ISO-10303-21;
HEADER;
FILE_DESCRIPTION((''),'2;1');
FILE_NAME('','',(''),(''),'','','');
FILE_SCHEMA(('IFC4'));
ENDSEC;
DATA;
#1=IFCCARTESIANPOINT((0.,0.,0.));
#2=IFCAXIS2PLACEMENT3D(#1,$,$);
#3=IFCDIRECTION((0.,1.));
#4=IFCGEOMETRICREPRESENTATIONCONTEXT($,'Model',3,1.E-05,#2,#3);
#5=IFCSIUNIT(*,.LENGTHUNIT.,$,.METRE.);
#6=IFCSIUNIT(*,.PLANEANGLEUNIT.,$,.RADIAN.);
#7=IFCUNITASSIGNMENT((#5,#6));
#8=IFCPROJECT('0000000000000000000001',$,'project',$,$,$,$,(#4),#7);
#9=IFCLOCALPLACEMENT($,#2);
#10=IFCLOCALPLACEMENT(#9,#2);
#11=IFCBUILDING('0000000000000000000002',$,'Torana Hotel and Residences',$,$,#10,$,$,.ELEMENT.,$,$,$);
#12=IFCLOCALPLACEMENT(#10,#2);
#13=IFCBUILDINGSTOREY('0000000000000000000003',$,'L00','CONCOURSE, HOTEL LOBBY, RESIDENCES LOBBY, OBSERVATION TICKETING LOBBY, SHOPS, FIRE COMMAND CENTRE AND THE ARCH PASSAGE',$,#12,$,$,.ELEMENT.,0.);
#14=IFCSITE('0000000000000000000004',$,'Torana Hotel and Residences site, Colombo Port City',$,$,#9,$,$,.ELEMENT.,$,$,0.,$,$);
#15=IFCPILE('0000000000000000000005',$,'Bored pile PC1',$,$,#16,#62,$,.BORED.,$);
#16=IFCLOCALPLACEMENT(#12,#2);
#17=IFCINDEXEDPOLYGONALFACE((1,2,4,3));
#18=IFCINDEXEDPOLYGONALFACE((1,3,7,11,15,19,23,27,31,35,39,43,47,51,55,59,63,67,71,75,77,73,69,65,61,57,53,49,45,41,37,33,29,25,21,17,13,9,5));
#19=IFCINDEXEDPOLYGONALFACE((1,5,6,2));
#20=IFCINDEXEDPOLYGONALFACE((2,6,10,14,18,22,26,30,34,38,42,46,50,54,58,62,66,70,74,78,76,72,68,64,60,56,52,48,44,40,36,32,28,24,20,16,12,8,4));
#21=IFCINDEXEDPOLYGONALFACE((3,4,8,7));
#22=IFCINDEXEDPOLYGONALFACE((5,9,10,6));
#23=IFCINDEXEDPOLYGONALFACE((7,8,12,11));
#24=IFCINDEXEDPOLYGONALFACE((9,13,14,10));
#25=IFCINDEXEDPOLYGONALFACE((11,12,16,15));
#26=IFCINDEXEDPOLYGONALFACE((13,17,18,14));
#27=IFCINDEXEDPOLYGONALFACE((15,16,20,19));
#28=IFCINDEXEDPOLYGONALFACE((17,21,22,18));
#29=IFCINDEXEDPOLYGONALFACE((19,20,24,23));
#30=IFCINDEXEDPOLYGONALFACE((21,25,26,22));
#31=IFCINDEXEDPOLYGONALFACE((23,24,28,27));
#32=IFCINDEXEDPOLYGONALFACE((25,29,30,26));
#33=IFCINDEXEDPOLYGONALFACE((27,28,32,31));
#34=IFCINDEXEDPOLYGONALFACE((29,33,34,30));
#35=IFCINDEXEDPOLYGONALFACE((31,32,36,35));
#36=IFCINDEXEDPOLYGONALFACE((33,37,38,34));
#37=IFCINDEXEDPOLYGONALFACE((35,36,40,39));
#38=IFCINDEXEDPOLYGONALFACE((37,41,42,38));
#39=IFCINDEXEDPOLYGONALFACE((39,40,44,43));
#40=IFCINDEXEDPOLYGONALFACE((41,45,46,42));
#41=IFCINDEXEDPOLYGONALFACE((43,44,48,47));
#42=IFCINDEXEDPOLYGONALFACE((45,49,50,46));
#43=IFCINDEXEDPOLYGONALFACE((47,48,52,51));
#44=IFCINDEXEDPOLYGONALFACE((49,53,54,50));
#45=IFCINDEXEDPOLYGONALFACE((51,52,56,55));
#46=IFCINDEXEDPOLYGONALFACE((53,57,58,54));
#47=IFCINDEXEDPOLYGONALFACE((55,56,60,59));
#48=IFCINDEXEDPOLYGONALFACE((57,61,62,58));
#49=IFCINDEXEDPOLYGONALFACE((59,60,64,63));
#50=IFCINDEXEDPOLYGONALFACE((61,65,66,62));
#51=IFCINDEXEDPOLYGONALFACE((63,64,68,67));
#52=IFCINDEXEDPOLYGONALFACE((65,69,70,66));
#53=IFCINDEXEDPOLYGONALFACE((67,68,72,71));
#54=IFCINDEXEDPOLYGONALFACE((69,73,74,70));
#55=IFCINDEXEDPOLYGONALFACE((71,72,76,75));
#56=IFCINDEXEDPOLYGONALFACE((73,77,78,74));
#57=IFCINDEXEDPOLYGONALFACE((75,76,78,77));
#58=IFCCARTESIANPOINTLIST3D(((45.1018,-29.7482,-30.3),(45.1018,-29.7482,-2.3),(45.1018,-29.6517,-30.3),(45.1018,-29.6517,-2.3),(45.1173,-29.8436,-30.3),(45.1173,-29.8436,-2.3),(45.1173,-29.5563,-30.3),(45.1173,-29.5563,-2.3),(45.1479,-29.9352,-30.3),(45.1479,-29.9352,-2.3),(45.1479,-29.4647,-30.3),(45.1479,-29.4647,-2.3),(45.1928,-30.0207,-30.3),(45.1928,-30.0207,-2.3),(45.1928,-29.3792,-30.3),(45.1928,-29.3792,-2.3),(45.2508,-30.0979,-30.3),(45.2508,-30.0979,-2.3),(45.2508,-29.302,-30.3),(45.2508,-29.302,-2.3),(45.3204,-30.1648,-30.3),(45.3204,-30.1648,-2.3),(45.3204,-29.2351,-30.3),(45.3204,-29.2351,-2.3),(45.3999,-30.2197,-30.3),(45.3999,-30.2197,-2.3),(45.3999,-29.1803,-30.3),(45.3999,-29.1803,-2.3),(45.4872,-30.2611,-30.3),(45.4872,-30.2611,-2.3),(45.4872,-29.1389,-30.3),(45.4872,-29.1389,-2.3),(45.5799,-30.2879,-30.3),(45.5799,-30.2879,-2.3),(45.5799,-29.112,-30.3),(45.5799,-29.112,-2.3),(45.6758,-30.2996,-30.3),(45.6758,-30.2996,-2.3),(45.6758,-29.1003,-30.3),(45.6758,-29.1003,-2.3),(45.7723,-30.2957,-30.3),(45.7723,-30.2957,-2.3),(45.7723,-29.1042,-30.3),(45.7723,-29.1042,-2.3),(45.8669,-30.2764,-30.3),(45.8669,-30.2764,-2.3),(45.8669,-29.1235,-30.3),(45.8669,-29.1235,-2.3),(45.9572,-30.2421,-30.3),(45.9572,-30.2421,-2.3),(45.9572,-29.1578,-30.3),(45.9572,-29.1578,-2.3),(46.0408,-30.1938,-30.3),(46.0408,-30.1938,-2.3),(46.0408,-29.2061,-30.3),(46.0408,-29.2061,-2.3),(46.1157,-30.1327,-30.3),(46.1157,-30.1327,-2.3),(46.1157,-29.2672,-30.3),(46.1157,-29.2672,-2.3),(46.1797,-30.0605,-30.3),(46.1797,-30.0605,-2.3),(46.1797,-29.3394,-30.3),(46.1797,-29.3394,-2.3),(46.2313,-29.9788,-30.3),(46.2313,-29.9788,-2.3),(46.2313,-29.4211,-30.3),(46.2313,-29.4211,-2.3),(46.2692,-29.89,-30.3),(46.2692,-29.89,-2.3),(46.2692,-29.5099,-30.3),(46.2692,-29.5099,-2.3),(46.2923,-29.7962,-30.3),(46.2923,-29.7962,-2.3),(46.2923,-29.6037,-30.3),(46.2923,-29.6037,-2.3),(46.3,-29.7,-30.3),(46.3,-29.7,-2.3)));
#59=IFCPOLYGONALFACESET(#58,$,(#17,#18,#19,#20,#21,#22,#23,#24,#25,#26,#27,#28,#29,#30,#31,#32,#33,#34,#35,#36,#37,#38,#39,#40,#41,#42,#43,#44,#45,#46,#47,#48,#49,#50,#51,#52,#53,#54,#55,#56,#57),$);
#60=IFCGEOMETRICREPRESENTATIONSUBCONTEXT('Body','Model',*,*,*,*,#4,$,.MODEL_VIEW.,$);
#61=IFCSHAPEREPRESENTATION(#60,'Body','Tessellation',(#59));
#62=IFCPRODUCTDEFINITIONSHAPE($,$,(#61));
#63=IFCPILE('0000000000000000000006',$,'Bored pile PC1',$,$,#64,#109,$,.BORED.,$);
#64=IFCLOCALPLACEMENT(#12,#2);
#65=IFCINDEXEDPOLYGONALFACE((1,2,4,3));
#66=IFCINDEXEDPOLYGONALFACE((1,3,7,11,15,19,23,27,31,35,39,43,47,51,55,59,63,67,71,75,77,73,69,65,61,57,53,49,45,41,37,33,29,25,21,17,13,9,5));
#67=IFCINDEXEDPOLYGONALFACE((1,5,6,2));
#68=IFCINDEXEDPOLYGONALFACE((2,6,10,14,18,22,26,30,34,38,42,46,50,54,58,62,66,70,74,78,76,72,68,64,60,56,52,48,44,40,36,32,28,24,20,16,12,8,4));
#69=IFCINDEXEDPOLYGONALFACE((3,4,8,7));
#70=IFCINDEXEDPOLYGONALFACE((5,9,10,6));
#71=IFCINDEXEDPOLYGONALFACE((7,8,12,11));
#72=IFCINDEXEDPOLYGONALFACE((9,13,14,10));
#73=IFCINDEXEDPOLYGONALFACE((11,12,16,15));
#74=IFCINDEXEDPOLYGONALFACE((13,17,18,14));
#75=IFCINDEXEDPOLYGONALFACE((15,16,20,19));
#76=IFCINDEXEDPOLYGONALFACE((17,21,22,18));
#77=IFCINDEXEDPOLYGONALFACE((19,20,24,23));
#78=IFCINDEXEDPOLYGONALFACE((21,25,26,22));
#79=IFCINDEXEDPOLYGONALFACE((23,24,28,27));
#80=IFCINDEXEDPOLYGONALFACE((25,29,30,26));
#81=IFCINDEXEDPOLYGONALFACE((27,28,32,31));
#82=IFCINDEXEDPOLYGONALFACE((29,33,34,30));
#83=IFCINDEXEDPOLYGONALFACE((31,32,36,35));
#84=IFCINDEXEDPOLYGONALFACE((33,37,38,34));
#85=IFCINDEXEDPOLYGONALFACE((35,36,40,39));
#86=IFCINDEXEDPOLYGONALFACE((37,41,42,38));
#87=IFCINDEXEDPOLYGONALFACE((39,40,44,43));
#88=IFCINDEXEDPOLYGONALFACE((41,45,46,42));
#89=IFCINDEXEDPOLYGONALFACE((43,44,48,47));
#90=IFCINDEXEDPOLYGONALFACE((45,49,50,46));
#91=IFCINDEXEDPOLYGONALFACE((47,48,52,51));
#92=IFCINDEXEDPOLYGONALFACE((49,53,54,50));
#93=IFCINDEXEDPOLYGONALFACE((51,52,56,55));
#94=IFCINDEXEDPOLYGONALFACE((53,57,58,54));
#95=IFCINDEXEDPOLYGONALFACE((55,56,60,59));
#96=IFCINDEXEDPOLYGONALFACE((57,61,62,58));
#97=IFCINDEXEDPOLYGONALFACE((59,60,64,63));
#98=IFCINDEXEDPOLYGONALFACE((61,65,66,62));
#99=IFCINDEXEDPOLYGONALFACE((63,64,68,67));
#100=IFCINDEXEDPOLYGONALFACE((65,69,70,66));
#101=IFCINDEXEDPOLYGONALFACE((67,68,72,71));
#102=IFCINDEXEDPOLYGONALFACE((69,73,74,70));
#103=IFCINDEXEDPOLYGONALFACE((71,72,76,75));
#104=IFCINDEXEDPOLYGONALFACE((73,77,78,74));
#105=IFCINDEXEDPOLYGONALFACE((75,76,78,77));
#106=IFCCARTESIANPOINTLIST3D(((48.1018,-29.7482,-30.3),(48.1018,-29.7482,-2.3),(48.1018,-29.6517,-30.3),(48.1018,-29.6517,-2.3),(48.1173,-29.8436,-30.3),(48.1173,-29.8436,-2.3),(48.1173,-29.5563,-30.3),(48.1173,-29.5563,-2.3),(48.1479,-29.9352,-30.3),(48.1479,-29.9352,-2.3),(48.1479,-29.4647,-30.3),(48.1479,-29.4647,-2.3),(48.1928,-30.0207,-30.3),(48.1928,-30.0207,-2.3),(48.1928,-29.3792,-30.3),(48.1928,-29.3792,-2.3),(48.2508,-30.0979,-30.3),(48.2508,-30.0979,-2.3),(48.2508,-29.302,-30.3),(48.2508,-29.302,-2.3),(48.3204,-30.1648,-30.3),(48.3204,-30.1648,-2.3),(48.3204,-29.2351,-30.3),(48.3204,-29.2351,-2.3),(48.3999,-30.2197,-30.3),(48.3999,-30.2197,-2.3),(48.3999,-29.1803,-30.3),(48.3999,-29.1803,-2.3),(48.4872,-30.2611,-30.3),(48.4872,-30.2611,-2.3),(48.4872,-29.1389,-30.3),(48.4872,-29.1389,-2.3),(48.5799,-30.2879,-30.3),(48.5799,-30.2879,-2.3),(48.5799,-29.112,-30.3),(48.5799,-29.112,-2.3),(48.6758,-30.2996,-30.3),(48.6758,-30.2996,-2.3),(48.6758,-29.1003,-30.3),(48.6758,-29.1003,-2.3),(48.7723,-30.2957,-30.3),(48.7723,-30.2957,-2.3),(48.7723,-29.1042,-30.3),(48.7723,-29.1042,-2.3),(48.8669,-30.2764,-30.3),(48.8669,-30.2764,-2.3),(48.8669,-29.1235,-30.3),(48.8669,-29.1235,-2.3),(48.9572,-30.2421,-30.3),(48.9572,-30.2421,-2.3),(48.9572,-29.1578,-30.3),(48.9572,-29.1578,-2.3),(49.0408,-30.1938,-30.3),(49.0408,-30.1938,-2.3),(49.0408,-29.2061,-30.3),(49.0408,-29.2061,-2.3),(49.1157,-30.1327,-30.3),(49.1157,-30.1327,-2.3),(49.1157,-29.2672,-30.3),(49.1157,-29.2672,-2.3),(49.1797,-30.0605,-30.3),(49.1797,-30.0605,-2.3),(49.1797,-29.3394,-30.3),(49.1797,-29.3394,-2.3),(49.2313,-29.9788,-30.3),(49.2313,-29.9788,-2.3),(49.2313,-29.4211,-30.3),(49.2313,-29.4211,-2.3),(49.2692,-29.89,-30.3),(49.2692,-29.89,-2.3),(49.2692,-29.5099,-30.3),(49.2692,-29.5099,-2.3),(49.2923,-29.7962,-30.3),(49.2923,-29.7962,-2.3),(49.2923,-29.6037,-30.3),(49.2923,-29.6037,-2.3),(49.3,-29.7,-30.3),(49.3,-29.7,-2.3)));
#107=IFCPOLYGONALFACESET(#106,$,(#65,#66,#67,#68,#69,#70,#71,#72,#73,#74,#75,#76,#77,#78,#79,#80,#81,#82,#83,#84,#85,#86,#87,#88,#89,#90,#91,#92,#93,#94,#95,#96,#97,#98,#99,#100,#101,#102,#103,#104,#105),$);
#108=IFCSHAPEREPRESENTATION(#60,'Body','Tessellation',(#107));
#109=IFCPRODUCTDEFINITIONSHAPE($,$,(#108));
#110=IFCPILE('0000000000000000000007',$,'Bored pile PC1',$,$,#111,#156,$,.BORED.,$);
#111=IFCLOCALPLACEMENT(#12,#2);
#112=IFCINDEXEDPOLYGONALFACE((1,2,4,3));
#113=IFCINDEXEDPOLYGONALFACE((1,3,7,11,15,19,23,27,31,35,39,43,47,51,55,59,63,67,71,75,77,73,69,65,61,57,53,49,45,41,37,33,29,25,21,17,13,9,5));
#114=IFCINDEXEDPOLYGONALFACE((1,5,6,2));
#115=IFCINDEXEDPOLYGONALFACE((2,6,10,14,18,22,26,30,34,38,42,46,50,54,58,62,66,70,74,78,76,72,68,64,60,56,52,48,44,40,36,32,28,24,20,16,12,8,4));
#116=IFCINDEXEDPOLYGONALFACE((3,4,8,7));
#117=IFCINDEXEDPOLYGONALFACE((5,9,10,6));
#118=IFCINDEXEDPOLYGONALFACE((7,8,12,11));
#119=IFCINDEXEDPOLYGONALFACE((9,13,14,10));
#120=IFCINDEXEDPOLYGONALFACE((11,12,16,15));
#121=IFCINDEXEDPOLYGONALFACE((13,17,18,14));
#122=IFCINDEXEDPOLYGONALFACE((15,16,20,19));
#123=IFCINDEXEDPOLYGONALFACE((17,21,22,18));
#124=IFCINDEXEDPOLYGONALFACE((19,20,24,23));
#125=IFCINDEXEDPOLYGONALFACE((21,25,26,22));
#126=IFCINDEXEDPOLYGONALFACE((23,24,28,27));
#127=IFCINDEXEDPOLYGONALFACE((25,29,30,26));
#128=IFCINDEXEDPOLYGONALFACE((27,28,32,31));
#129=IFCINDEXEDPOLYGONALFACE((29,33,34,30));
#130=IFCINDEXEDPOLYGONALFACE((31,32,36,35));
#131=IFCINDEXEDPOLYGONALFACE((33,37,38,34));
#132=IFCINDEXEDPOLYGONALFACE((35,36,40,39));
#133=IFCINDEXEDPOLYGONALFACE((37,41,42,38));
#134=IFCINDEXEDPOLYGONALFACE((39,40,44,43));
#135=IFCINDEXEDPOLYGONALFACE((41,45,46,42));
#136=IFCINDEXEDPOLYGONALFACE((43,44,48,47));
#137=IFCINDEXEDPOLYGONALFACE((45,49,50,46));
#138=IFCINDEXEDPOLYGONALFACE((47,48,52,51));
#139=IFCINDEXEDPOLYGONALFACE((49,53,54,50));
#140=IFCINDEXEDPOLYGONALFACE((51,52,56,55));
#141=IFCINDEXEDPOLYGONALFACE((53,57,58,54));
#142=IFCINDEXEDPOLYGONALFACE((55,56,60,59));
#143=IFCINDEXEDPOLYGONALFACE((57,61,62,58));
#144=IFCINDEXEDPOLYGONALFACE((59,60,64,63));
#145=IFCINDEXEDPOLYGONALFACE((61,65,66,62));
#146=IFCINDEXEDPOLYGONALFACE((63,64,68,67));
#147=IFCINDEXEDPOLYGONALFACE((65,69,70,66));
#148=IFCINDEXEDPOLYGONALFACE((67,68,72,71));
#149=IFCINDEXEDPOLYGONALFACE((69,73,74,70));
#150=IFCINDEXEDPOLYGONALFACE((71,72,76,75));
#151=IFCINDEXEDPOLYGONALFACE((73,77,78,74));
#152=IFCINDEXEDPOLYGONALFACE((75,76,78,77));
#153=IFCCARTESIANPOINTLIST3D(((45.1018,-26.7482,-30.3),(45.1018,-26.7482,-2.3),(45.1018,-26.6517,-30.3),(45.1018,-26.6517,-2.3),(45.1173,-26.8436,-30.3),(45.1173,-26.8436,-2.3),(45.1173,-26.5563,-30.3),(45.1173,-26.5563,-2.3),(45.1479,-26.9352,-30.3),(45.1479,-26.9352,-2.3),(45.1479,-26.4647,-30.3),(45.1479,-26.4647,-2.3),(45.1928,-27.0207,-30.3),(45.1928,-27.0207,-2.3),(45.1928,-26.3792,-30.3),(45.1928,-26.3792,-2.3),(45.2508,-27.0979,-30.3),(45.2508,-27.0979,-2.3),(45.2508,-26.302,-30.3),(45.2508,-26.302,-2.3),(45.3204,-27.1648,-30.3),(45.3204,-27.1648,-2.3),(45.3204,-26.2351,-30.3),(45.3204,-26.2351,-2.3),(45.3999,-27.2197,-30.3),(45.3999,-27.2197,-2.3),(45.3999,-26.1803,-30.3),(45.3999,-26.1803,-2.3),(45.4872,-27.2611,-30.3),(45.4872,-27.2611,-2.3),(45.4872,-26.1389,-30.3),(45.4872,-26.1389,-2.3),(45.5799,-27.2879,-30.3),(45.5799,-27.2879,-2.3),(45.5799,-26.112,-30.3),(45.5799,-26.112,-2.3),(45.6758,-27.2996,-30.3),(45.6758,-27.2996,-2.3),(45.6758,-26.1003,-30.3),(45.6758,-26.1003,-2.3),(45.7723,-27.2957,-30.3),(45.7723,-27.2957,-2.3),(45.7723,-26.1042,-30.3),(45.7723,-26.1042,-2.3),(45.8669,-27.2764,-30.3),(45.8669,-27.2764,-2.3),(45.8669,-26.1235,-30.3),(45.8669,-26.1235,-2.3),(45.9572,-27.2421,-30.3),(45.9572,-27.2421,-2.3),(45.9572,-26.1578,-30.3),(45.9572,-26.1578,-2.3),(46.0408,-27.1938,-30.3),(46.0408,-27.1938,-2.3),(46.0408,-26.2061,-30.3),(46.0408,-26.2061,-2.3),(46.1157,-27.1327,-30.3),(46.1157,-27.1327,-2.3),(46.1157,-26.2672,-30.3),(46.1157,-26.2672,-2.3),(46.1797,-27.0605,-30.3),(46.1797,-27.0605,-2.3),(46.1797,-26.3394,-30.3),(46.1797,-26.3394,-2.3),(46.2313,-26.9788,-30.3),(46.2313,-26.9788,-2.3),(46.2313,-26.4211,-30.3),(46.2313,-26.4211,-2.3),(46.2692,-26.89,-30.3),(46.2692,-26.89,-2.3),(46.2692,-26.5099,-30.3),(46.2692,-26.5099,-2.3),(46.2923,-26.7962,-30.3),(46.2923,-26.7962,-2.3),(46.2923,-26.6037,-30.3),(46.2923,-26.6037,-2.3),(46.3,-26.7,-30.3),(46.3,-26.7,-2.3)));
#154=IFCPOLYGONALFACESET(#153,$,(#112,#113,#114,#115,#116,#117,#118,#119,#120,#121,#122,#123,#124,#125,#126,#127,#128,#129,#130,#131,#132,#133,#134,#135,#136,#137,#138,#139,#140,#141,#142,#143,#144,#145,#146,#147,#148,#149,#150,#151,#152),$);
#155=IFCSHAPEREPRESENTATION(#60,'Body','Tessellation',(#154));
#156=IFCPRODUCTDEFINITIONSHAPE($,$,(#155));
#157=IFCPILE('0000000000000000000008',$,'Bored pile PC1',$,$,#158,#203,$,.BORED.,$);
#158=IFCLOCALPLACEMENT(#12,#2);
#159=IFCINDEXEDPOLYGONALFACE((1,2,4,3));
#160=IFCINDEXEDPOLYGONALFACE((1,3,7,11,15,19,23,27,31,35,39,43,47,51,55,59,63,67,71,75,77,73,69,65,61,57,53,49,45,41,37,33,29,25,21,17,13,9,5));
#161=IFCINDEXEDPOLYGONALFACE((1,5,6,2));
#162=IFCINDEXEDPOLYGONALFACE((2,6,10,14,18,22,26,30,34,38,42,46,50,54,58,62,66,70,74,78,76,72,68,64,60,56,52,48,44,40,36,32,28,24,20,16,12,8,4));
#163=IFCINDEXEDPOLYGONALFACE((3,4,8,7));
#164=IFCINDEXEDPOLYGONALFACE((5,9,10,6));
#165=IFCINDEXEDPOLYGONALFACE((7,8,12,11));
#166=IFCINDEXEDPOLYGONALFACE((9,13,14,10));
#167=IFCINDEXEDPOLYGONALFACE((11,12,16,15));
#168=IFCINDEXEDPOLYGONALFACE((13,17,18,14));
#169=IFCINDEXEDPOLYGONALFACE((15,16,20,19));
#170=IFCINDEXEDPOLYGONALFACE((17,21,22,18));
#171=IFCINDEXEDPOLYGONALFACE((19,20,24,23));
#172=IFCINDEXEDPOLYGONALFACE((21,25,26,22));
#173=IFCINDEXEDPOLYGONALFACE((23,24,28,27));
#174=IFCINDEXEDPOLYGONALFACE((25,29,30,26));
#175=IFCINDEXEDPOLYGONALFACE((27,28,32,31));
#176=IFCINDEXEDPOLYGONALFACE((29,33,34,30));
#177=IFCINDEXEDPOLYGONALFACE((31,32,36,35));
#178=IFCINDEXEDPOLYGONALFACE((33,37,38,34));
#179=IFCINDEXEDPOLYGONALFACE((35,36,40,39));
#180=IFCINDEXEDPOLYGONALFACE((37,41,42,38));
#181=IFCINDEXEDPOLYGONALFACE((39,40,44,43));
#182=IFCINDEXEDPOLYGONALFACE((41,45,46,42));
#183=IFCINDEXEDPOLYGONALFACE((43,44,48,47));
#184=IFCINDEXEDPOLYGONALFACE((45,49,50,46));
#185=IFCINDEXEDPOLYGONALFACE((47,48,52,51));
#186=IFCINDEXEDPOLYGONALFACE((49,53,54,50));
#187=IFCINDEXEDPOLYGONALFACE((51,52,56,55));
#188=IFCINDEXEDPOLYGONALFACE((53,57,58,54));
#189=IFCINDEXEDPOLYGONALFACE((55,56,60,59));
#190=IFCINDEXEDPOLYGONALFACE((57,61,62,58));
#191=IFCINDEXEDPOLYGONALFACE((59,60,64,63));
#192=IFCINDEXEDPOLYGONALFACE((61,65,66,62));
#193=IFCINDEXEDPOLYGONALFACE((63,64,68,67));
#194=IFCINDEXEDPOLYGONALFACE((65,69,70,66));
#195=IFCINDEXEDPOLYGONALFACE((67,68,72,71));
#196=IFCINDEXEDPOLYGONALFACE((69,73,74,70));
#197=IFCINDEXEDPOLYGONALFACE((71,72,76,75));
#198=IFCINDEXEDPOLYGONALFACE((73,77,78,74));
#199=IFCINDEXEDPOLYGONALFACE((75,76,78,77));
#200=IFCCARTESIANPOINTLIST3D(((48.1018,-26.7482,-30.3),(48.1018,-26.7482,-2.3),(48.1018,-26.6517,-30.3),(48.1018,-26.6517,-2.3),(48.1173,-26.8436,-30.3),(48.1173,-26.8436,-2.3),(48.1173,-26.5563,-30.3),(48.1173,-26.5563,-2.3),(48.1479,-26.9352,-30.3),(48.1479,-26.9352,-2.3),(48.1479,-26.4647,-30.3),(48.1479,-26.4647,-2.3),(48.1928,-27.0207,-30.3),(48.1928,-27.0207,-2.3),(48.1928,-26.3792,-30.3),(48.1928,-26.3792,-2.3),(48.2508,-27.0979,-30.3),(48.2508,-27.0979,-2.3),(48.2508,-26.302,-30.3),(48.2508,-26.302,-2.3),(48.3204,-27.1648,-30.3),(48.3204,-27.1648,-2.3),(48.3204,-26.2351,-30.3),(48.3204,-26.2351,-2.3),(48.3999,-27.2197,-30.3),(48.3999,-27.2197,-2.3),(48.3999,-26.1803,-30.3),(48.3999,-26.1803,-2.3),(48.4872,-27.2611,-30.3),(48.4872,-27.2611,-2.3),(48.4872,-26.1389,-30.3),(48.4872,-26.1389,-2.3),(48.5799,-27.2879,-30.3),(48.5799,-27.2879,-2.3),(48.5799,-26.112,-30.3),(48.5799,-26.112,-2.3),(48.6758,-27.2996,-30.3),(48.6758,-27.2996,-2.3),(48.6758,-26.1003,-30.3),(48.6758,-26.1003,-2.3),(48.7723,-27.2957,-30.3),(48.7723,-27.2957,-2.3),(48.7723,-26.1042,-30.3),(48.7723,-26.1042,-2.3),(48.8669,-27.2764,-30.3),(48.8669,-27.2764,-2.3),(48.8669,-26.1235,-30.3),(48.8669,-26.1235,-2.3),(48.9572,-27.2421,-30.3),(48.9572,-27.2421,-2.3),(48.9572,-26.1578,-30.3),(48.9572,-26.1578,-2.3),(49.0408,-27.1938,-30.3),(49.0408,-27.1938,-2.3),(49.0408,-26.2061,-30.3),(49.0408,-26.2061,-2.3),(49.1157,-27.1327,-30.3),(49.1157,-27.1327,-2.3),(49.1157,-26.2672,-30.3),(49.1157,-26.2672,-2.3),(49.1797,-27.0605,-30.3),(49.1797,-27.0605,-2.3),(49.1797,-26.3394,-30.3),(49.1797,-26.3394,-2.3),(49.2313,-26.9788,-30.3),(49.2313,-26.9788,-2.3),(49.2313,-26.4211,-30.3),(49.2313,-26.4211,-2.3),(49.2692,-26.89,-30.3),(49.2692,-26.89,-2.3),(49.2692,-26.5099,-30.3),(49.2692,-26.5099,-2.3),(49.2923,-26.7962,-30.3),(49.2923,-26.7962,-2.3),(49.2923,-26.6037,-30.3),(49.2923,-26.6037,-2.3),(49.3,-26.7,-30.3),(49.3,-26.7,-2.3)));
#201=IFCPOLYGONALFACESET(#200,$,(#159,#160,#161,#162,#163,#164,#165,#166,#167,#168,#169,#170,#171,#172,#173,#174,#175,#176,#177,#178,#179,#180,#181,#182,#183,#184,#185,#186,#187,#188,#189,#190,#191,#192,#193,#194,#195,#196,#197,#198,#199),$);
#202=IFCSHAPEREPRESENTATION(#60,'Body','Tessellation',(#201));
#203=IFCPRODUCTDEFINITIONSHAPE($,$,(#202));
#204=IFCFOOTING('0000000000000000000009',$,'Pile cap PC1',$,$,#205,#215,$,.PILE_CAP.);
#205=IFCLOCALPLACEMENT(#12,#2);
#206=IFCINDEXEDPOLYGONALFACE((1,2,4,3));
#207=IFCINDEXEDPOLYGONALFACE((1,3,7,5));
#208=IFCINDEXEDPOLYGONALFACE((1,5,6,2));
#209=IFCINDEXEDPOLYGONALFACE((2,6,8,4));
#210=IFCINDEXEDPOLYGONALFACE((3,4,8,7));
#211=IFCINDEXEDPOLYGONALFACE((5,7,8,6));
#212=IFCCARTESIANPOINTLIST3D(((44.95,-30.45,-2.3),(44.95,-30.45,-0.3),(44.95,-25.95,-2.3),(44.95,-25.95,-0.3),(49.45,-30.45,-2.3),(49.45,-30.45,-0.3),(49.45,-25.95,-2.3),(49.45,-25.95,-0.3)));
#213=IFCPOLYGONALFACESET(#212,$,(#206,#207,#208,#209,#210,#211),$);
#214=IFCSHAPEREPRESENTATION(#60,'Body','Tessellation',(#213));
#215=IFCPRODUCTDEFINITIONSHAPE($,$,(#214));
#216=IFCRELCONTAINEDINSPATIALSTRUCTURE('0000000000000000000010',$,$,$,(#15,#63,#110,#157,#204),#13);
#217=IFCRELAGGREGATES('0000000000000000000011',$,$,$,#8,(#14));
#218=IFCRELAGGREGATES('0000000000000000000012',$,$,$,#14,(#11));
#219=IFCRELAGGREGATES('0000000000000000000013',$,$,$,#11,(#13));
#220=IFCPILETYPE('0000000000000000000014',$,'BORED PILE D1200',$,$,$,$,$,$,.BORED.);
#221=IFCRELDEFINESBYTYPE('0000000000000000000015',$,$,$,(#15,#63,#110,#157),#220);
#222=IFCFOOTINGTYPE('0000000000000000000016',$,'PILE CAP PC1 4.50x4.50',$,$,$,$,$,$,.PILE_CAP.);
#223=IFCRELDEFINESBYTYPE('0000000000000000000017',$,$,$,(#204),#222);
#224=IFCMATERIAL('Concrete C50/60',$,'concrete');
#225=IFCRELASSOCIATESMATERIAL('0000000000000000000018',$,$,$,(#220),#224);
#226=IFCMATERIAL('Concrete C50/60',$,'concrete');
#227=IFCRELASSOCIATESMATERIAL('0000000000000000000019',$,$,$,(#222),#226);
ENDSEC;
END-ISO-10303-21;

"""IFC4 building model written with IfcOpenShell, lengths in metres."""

from ifc_helpers import new_model, si_unit, direction, frame, origin, origin_2d, place, context, subcontext, project, spatial, rectangle, circle, extrude, material, type_object, element, save


model = new_model("IFC4")

# Units and contexts
model_context = context("Model", 3, precision=1e-05, world=origin(), true_north=direction((0.0, 1.0)))
body_context = subcontext(model_context, "Body", "Model", "MODEL_VIEW")
ifc_project = project(units=[si_unit("LENGTHUNIT", "METRE"), si_unit("PLANEANGLEUNIT", "RADIAN")], contexts=[model_context])

# Site, building, storey
site_placement = place(None, origin())
site = spatial("IfcSite", under=ifc_project, at=site_placement, Name="Torana Hotel and Residences site, Colombo Port City", CompositionType="ELEMENT", RefElevation=0.0)
building_placement = place(site_placement, origin())
building = spatial("IfcBuilding", under=site, at=building_placement, Name="Torana Hotel and Residences", CompositionType="ELEMENT")
storey_placement = place(building_placement, origin())
storey = spatial("IfcBuildingStorey", under=building, at=storey_placement, Name="L00", Description="CONCOURSE, HOTEL LOBBY, RESIDENCES LOBBY, OBSERVATION TICKETING LOBBY, SHOPS, FIRE COMMAND CENTRE AND THE ARCH PASSAGE", CompositionType="ELEMENT", Elevation=0.0)

# Piles
ifc_material_1 = material(Name="Concrete C50/60", Category="concrete")
pile_type = type_object("IfcPileType", Name="BORED PILE D1200", PredefinedType="BORED", material=ifc_material_1)
for number, where, z_axis, x_axis, name in (
    (1, (45.7, -29.7, -2.3), (0.0, 0.0, -1.0), (1.0, 0.0, 0.0), "Bored pile PC1"),
    (2, (48.7, -29.7, -2.3), (0.0, 0.0, -1.0), (1.0, 0.0, 0.0), "Bored pile PC1"),
    (3, (45.7, -26.7, -2.3), (0.0, 0.0, -1.0), (1.0, 0.0, 0.0), "Bored pile PC1"),
    (4, (48.7, -26.7, -2.3), (0.0, 0.0, -1.0), (1.0, 0.0, 0.0), "Bored pile PC1"),
):
    element("IfcPile", number, at=place(storey_placement, frame(where, z_axis=z_axis, x_axis=x_axis)), inside=storey, type_object=pile_type, Name=name, PredefinedType="BORED", context=body_context, shape_type="SweptSolid", body=[
        extrude(circle(Radius=0.6001, at=origin_2d()), origin(), (0.0, 0.0, 1.0), 28.0),
    ])

# Footing
ifc_material_2 = material(Name="Concrete C50/60", Category="concrete")
footing_type_1 = type_object("IfcFootingType", Name="PILE CAP PC1 4.50x4.50", PredefinedType="PILE_CAP", material=ifc_material_2)
footing_1_placement = place(storey_placement, frame((47.2, -28.2, -2.3), z_axis=(0.0, 0.0, 1.0), x_axis=(1.0, 0.0, 0.0)))
element("IfcFooting", 5, at=footing_1_placement, inside=storey, type_object=footing_type_1, Name="Pile cap PC1", PredefinedType="PILE_CAP", context=body_context, shape_type="SweptSolid", body=[
    extrude(rectangle(XDim=4.5, YDim=4.5, at=origin_2d()), origin(), (0.0, 0.0, 1.0), 2.0),
])

save(model, "model.ifc")
